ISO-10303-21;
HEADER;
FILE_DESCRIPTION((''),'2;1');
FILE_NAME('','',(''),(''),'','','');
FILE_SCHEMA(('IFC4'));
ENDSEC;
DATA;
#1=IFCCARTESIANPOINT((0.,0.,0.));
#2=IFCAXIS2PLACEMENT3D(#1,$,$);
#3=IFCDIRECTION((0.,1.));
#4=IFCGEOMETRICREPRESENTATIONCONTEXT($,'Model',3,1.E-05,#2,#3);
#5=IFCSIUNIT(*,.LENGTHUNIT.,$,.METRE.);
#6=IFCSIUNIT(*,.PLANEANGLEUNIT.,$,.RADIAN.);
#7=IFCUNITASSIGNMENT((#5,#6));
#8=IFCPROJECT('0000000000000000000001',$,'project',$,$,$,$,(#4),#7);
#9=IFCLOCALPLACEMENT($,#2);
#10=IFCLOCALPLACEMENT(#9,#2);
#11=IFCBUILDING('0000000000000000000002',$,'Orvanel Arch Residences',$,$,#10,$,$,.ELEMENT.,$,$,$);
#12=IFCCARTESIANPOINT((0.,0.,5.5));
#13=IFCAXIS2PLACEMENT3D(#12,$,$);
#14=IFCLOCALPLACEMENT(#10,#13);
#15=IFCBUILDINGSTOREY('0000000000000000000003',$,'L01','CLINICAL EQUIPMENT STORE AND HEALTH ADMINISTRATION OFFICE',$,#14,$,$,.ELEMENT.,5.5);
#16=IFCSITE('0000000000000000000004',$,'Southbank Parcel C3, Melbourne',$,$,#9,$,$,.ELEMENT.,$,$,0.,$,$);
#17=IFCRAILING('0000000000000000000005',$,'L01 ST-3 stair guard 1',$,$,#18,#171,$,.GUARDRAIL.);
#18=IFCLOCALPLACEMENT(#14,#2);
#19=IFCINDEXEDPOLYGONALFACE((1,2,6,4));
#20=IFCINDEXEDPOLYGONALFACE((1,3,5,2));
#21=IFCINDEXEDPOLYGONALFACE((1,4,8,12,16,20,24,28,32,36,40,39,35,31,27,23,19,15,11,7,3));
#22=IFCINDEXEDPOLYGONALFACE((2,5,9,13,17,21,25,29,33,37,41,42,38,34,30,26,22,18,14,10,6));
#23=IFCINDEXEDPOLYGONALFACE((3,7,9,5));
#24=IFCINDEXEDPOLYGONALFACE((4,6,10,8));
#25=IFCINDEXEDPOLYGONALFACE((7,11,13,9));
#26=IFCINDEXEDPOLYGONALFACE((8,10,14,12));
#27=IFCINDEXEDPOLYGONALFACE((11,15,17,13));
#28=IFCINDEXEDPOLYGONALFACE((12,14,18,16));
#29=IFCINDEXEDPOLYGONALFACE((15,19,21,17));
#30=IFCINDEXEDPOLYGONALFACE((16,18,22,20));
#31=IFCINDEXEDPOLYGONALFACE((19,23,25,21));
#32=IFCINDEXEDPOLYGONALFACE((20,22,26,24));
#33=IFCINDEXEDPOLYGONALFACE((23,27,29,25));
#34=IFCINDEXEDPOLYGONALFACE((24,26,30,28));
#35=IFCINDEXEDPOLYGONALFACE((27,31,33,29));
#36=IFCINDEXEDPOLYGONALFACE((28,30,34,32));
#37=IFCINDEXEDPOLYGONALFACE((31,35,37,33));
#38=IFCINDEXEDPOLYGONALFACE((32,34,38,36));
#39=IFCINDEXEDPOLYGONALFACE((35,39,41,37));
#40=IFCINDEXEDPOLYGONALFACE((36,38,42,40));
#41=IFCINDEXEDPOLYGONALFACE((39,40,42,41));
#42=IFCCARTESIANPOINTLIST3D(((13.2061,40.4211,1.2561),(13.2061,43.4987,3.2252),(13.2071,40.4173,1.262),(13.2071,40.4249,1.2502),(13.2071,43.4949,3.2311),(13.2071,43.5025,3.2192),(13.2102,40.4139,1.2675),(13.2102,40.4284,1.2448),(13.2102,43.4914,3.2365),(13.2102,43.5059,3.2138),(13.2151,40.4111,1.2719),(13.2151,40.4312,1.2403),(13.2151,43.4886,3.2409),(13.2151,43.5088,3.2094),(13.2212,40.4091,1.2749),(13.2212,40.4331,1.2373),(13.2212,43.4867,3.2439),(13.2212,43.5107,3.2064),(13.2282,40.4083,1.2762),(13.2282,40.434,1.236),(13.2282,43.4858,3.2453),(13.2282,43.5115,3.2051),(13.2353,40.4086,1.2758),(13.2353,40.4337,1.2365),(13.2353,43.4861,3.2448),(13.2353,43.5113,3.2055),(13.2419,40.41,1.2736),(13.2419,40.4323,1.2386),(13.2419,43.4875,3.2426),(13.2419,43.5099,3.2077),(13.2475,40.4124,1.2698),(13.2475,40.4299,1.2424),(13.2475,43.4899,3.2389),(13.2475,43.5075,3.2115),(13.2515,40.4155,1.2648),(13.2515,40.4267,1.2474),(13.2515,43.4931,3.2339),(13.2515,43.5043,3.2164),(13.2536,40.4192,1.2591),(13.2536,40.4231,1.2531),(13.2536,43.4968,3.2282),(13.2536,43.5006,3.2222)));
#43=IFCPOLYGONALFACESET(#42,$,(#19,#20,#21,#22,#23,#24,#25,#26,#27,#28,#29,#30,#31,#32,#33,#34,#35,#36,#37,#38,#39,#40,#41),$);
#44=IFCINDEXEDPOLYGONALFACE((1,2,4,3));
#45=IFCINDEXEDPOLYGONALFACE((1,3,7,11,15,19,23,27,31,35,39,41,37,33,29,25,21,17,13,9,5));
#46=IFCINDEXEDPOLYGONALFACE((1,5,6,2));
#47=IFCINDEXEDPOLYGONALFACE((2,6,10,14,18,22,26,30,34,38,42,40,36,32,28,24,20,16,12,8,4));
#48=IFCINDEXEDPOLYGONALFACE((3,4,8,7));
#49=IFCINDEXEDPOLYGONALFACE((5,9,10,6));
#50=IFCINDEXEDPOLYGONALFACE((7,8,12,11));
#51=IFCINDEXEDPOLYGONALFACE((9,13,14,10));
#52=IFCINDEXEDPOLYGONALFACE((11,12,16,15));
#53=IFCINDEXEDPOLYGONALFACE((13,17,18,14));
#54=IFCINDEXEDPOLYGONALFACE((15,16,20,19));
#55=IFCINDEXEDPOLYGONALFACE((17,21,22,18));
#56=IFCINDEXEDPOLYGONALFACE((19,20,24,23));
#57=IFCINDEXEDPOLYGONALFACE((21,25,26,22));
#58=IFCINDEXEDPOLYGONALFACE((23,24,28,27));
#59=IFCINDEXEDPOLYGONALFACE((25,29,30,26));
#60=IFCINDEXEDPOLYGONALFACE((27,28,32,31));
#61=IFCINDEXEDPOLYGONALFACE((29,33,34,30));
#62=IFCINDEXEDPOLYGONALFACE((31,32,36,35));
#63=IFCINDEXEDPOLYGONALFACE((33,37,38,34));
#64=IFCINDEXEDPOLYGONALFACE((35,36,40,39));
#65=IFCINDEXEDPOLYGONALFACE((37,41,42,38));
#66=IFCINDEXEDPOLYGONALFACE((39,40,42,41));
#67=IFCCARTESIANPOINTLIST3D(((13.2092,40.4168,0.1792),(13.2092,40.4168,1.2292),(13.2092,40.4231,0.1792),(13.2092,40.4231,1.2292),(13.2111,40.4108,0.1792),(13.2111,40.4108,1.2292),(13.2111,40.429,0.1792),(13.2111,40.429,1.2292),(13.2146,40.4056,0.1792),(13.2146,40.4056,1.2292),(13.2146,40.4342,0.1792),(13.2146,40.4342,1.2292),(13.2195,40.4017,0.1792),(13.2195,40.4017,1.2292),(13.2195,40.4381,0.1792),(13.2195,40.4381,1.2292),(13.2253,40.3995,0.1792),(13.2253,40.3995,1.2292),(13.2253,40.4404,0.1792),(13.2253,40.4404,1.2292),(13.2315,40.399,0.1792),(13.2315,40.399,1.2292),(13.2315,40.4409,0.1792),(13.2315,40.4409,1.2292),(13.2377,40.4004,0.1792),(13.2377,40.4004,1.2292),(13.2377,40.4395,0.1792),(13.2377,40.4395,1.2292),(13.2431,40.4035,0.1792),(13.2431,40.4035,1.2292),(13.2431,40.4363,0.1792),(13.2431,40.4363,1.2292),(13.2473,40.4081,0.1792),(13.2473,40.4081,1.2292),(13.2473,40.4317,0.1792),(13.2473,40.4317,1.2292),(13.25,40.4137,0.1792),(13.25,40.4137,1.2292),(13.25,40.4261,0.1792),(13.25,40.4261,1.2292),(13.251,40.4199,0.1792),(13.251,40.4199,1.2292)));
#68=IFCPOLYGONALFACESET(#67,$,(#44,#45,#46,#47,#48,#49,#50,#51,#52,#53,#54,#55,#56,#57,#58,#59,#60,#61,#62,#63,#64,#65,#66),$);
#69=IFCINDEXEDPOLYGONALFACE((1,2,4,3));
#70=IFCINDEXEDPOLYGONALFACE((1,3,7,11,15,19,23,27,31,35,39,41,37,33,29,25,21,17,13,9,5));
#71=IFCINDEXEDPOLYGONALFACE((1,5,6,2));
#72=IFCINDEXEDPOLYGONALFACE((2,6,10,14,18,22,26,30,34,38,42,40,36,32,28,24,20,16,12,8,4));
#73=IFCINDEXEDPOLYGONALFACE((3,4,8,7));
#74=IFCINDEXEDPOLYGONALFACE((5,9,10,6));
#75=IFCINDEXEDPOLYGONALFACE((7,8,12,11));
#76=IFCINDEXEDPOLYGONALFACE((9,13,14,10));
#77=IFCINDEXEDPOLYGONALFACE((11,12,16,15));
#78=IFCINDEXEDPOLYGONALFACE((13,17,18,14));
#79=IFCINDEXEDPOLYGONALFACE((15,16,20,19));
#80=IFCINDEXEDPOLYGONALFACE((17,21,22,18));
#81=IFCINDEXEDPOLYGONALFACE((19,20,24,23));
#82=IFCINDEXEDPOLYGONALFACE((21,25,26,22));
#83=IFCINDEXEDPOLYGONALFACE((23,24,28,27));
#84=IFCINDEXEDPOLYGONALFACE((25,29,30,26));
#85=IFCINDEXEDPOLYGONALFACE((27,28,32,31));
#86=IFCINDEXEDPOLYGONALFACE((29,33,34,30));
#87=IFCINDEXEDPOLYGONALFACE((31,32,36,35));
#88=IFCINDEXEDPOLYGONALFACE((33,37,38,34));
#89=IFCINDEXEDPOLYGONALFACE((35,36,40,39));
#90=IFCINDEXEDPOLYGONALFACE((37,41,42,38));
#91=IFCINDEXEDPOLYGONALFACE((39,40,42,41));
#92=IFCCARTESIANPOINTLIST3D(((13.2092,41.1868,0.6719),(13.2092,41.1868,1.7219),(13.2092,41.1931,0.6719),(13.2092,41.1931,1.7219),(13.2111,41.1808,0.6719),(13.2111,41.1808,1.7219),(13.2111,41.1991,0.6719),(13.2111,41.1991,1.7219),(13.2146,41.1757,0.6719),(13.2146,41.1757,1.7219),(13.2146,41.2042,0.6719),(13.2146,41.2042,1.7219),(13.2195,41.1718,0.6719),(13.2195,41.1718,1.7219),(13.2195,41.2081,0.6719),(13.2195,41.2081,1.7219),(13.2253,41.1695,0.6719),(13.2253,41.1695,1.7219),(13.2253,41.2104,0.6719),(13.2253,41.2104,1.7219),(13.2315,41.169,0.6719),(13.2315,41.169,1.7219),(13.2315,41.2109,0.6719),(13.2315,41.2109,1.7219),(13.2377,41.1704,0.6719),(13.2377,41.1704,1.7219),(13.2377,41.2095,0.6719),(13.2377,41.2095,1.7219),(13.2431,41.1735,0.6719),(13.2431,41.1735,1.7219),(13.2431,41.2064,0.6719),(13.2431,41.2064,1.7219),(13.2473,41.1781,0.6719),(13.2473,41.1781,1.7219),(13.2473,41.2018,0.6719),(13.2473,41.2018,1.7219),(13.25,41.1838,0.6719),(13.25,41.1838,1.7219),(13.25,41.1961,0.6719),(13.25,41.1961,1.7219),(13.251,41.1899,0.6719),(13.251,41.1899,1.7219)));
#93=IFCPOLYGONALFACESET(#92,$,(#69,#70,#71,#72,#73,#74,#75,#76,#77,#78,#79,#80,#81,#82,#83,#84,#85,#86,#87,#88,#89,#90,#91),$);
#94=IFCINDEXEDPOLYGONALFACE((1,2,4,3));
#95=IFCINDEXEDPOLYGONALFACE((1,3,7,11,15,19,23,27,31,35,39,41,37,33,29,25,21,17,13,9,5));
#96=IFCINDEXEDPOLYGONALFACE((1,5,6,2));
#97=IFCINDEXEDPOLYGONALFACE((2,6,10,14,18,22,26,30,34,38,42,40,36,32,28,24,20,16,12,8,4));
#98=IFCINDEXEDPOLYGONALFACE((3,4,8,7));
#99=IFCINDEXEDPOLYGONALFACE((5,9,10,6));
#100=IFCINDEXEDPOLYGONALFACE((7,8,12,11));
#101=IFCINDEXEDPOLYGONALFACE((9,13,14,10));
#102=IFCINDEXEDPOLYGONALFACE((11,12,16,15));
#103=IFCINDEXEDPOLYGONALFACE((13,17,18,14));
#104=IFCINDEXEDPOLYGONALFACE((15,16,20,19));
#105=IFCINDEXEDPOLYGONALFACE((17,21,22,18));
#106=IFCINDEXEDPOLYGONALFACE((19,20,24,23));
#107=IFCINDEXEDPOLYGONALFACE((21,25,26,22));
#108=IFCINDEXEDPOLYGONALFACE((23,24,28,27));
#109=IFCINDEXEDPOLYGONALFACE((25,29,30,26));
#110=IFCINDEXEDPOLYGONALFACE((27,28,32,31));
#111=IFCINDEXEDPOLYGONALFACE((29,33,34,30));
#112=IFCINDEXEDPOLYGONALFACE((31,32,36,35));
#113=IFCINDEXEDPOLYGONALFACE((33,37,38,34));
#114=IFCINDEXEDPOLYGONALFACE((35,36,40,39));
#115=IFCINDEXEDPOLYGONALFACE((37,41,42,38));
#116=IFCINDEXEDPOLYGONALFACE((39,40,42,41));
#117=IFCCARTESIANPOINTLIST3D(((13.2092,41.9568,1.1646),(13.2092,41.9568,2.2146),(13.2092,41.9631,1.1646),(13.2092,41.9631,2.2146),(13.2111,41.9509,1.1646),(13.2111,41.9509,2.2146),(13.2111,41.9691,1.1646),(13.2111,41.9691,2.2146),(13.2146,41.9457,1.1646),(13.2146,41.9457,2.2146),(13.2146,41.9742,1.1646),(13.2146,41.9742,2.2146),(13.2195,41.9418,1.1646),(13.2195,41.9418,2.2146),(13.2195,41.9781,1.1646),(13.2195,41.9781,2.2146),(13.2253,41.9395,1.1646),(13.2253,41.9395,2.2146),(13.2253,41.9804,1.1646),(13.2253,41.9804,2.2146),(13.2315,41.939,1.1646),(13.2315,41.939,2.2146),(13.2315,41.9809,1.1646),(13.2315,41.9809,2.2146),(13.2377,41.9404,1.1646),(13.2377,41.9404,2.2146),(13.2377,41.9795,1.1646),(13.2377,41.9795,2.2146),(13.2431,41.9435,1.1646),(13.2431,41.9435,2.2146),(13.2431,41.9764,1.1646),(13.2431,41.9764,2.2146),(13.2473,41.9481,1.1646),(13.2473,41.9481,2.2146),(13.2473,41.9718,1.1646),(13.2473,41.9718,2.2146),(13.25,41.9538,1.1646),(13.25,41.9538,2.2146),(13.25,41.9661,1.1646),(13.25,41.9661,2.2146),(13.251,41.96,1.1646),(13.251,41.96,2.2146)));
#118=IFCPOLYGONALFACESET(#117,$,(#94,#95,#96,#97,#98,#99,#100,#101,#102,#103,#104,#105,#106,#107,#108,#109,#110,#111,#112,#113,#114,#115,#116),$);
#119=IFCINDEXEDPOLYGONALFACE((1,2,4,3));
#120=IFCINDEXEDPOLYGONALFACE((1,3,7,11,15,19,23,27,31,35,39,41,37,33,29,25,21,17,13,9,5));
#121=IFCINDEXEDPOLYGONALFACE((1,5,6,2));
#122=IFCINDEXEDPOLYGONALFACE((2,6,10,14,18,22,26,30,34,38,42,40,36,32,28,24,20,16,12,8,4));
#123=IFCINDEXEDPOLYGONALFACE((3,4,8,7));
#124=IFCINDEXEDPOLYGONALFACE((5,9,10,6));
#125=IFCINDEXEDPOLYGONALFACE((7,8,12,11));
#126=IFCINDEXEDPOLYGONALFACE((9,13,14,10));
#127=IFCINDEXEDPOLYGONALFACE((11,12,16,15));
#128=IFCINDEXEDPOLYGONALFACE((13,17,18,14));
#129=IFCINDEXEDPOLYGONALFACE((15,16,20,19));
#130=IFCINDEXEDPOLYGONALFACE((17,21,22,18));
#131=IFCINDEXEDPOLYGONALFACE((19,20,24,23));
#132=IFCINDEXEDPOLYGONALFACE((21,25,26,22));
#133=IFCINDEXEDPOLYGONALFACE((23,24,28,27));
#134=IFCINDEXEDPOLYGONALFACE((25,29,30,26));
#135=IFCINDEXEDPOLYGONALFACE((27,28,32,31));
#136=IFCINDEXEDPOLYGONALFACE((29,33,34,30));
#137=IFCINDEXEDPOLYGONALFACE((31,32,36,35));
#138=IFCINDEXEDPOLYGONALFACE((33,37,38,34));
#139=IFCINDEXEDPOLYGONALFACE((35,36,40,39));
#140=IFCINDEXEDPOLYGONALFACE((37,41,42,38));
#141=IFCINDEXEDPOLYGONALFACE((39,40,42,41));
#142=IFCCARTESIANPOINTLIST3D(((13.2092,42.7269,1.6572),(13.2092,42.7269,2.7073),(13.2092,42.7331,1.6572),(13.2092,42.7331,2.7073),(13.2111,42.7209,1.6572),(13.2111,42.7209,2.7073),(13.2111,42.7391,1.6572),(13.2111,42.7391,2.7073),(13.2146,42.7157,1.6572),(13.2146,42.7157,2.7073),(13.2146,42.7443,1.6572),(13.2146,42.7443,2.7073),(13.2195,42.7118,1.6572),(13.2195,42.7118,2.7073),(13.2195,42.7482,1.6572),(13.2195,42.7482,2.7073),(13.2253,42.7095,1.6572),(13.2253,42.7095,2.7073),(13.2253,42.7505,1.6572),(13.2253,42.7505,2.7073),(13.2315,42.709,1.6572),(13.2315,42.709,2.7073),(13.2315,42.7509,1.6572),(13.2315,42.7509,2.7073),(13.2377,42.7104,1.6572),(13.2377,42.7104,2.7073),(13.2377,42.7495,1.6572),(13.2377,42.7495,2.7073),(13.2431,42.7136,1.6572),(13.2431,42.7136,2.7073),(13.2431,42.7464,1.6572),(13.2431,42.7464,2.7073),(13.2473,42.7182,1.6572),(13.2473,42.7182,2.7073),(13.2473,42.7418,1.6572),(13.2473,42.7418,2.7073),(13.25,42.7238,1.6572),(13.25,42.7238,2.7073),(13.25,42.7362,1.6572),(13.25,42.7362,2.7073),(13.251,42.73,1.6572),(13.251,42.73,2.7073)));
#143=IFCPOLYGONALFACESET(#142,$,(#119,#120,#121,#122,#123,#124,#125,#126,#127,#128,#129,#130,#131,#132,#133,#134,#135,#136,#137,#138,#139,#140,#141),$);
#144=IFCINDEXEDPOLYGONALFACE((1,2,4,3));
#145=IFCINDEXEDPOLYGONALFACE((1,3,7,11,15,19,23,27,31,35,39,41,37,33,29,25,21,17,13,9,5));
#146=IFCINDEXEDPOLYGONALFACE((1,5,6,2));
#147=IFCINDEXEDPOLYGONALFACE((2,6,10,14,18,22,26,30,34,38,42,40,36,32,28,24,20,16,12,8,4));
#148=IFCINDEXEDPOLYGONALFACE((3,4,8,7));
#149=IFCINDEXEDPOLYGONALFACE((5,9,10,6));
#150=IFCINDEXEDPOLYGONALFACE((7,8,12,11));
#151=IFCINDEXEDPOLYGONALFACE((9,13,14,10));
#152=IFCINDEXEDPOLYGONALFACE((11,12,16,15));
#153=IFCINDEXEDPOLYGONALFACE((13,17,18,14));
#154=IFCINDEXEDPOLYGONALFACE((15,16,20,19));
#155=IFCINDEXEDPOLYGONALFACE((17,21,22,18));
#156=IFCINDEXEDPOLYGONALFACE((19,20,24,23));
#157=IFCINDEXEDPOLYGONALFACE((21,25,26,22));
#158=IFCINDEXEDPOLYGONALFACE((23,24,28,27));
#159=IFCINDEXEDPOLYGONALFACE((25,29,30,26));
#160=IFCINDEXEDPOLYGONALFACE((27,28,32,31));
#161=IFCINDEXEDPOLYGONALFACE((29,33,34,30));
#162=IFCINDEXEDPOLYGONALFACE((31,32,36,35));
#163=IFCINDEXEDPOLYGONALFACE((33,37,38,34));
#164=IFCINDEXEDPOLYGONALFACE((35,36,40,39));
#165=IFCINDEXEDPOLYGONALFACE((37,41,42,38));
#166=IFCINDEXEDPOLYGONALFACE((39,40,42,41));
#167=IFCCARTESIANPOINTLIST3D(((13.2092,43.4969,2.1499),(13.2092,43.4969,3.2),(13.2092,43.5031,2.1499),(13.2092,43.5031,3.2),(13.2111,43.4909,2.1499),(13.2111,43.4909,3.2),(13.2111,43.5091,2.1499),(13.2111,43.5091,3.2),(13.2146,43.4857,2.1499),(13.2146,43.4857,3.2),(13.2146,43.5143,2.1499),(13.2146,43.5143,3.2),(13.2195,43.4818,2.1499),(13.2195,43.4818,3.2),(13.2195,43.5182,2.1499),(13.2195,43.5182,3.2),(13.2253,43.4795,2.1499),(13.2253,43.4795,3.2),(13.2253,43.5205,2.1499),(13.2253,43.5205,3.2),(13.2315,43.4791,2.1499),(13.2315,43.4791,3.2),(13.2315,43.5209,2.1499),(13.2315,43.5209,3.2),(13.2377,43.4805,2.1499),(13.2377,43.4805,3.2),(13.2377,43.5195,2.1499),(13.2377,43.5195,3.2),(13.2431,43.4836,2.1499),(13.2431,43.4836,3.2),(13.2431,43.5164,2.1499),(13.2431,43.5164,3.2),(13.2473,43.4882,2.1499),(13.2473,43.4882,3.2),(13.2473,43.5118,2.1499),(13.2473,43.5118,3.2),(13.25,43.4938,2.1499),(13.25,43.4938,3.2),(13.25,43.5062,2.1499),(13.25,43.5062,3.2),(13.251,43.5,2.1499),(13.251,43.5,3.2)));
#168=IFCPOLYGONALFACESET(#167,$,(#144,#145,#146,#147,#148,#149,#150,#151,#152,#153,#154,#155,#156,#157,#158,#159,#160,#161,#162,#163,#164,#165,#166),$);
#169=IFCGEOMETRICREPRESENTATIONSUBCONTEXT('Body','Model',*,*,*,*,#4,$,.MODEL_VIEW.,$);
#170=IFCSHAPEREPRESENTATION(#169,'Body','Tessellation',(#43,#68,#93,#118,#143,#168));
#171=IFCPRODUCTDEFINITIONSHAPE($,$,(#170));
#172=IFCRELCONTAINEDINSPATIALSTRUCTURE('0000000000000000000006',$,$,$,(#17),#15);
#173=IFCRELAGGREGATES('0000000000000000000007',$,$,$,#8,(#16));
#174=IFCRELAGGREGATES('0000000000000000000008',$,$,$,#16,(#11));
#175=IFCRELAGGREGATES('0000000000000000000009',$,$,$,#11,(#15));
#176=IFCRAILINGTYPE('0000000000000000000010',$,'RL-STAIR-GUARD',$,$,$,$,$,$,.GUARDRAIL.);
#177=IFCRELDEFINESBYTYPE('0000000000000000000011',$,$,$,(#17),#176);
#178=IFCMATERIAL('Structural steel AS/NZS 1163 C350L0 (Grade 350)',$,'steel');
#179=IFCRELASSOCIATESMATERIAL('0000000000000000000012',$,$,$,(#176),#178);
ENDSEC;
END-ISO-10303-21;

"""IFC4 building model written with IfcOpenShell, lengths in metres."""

from ifc_helpers import new_model, si_unit, direction, frame, origin, origin_2d, place, context, subcontext, project, spatial, circle, extrude, material, type_object, element, save


model = new_model("IFC4")

# Units and contexts
model_context = context("Model", 3, precision=1e-05, world=origin(), true_north=direction((0.0, 1.0)))
body_context = subcontext(model_context, "Body", "Model", "MODEL_VIEW")
ifc_project = project(units=[si_unit("LENGTHUNIT", "METRE"), si_unit("PLANEANGLEUNIT", "RADIAN")], contexts=[model_context])

# Site, building, storey
site_placement = place(None, origin())
site = spatial("IfcSite", under=ifc_project, at=site_placement, Name="Southbank Parcel C3, Melbourne", CompositionType="ELEMENT", RefElevation=0.0)
building_placement = place(site_placement, origin())
building = spatial("IfcBuilding", under=site, at=building_placement, Name="Orvanel Arch Residences", CompositionType="ELEMENT")
storey_placement = place(building_placement, frame((0.0, 0.0, 5.5)))
storey = spatial("IfcBuildingStorey", under=building, at=storey_placement, Name="L01", Description="CLINICAL EQUIPMENT STORE AND HEALTH ADMINISTRATION OFFICE", CompositionType="ELEMENT", Elevation=5.5)

# Railing
ifc_material_1 = material(Name="Structural steel AS/NZS 1163 C350L0 (Grade 350)", Category="steel")
railing_type_1 = type_object("IfcRailingType", Name="RL-STAIR-GUARD", PredefinedType="GUARDRAIL", material=ifc_material_1)
railing_1_placement = place(storey_placement, frame((13.23, 40.4199, 0.1792)))
element("IfcRailing", 1, at=railing_1_placement, inside=storey, type_object=railing_type_1, Name="L01 ST-3 stair guard 1", PredefinedType="GUARDRAIL", context=body_context, shape_type="SweptSolid", body=[
    extrude(circle(Radius=0.0239, at=origin_2d()), frame((0.0, 0.0012, 1.0769), z_axis=(0.0, 0.842339, 0.538948), x_axis=(-1.0, 0.0, 0.0)), (0.0, 0.0, 1.0), 3.6536),
    extrude(circle(Radius=0.021, at=origin_2d()), origin(), (0.0, 0.0, 1.0), 1.05),
    extrude(circle(Radius=0.021, at=origin_2d()), frame((0.0, 0.77, 0.4927)), (0.0, 0.0, 1.0), 1.05),
    extrude(circle(Radius=0.021, at=origin_2d()), frame((0.0, 1.54, 0.9854)), (0.0, 0.0, 1.0), 1.05),
    extrude(circle(Radius=0.021, at=origin_2d()), frame((0.0, 2.3101, 1.478)), (0.0, 0.0, 1.0), 1.05),
    extrude(circle(Radius=0.021, at=origin_2d()), frame((0.0, 3.0801, 1.9707)), (0.0, 0.0, 1.0), 1.05),
])

save(model, "model.ifc")
